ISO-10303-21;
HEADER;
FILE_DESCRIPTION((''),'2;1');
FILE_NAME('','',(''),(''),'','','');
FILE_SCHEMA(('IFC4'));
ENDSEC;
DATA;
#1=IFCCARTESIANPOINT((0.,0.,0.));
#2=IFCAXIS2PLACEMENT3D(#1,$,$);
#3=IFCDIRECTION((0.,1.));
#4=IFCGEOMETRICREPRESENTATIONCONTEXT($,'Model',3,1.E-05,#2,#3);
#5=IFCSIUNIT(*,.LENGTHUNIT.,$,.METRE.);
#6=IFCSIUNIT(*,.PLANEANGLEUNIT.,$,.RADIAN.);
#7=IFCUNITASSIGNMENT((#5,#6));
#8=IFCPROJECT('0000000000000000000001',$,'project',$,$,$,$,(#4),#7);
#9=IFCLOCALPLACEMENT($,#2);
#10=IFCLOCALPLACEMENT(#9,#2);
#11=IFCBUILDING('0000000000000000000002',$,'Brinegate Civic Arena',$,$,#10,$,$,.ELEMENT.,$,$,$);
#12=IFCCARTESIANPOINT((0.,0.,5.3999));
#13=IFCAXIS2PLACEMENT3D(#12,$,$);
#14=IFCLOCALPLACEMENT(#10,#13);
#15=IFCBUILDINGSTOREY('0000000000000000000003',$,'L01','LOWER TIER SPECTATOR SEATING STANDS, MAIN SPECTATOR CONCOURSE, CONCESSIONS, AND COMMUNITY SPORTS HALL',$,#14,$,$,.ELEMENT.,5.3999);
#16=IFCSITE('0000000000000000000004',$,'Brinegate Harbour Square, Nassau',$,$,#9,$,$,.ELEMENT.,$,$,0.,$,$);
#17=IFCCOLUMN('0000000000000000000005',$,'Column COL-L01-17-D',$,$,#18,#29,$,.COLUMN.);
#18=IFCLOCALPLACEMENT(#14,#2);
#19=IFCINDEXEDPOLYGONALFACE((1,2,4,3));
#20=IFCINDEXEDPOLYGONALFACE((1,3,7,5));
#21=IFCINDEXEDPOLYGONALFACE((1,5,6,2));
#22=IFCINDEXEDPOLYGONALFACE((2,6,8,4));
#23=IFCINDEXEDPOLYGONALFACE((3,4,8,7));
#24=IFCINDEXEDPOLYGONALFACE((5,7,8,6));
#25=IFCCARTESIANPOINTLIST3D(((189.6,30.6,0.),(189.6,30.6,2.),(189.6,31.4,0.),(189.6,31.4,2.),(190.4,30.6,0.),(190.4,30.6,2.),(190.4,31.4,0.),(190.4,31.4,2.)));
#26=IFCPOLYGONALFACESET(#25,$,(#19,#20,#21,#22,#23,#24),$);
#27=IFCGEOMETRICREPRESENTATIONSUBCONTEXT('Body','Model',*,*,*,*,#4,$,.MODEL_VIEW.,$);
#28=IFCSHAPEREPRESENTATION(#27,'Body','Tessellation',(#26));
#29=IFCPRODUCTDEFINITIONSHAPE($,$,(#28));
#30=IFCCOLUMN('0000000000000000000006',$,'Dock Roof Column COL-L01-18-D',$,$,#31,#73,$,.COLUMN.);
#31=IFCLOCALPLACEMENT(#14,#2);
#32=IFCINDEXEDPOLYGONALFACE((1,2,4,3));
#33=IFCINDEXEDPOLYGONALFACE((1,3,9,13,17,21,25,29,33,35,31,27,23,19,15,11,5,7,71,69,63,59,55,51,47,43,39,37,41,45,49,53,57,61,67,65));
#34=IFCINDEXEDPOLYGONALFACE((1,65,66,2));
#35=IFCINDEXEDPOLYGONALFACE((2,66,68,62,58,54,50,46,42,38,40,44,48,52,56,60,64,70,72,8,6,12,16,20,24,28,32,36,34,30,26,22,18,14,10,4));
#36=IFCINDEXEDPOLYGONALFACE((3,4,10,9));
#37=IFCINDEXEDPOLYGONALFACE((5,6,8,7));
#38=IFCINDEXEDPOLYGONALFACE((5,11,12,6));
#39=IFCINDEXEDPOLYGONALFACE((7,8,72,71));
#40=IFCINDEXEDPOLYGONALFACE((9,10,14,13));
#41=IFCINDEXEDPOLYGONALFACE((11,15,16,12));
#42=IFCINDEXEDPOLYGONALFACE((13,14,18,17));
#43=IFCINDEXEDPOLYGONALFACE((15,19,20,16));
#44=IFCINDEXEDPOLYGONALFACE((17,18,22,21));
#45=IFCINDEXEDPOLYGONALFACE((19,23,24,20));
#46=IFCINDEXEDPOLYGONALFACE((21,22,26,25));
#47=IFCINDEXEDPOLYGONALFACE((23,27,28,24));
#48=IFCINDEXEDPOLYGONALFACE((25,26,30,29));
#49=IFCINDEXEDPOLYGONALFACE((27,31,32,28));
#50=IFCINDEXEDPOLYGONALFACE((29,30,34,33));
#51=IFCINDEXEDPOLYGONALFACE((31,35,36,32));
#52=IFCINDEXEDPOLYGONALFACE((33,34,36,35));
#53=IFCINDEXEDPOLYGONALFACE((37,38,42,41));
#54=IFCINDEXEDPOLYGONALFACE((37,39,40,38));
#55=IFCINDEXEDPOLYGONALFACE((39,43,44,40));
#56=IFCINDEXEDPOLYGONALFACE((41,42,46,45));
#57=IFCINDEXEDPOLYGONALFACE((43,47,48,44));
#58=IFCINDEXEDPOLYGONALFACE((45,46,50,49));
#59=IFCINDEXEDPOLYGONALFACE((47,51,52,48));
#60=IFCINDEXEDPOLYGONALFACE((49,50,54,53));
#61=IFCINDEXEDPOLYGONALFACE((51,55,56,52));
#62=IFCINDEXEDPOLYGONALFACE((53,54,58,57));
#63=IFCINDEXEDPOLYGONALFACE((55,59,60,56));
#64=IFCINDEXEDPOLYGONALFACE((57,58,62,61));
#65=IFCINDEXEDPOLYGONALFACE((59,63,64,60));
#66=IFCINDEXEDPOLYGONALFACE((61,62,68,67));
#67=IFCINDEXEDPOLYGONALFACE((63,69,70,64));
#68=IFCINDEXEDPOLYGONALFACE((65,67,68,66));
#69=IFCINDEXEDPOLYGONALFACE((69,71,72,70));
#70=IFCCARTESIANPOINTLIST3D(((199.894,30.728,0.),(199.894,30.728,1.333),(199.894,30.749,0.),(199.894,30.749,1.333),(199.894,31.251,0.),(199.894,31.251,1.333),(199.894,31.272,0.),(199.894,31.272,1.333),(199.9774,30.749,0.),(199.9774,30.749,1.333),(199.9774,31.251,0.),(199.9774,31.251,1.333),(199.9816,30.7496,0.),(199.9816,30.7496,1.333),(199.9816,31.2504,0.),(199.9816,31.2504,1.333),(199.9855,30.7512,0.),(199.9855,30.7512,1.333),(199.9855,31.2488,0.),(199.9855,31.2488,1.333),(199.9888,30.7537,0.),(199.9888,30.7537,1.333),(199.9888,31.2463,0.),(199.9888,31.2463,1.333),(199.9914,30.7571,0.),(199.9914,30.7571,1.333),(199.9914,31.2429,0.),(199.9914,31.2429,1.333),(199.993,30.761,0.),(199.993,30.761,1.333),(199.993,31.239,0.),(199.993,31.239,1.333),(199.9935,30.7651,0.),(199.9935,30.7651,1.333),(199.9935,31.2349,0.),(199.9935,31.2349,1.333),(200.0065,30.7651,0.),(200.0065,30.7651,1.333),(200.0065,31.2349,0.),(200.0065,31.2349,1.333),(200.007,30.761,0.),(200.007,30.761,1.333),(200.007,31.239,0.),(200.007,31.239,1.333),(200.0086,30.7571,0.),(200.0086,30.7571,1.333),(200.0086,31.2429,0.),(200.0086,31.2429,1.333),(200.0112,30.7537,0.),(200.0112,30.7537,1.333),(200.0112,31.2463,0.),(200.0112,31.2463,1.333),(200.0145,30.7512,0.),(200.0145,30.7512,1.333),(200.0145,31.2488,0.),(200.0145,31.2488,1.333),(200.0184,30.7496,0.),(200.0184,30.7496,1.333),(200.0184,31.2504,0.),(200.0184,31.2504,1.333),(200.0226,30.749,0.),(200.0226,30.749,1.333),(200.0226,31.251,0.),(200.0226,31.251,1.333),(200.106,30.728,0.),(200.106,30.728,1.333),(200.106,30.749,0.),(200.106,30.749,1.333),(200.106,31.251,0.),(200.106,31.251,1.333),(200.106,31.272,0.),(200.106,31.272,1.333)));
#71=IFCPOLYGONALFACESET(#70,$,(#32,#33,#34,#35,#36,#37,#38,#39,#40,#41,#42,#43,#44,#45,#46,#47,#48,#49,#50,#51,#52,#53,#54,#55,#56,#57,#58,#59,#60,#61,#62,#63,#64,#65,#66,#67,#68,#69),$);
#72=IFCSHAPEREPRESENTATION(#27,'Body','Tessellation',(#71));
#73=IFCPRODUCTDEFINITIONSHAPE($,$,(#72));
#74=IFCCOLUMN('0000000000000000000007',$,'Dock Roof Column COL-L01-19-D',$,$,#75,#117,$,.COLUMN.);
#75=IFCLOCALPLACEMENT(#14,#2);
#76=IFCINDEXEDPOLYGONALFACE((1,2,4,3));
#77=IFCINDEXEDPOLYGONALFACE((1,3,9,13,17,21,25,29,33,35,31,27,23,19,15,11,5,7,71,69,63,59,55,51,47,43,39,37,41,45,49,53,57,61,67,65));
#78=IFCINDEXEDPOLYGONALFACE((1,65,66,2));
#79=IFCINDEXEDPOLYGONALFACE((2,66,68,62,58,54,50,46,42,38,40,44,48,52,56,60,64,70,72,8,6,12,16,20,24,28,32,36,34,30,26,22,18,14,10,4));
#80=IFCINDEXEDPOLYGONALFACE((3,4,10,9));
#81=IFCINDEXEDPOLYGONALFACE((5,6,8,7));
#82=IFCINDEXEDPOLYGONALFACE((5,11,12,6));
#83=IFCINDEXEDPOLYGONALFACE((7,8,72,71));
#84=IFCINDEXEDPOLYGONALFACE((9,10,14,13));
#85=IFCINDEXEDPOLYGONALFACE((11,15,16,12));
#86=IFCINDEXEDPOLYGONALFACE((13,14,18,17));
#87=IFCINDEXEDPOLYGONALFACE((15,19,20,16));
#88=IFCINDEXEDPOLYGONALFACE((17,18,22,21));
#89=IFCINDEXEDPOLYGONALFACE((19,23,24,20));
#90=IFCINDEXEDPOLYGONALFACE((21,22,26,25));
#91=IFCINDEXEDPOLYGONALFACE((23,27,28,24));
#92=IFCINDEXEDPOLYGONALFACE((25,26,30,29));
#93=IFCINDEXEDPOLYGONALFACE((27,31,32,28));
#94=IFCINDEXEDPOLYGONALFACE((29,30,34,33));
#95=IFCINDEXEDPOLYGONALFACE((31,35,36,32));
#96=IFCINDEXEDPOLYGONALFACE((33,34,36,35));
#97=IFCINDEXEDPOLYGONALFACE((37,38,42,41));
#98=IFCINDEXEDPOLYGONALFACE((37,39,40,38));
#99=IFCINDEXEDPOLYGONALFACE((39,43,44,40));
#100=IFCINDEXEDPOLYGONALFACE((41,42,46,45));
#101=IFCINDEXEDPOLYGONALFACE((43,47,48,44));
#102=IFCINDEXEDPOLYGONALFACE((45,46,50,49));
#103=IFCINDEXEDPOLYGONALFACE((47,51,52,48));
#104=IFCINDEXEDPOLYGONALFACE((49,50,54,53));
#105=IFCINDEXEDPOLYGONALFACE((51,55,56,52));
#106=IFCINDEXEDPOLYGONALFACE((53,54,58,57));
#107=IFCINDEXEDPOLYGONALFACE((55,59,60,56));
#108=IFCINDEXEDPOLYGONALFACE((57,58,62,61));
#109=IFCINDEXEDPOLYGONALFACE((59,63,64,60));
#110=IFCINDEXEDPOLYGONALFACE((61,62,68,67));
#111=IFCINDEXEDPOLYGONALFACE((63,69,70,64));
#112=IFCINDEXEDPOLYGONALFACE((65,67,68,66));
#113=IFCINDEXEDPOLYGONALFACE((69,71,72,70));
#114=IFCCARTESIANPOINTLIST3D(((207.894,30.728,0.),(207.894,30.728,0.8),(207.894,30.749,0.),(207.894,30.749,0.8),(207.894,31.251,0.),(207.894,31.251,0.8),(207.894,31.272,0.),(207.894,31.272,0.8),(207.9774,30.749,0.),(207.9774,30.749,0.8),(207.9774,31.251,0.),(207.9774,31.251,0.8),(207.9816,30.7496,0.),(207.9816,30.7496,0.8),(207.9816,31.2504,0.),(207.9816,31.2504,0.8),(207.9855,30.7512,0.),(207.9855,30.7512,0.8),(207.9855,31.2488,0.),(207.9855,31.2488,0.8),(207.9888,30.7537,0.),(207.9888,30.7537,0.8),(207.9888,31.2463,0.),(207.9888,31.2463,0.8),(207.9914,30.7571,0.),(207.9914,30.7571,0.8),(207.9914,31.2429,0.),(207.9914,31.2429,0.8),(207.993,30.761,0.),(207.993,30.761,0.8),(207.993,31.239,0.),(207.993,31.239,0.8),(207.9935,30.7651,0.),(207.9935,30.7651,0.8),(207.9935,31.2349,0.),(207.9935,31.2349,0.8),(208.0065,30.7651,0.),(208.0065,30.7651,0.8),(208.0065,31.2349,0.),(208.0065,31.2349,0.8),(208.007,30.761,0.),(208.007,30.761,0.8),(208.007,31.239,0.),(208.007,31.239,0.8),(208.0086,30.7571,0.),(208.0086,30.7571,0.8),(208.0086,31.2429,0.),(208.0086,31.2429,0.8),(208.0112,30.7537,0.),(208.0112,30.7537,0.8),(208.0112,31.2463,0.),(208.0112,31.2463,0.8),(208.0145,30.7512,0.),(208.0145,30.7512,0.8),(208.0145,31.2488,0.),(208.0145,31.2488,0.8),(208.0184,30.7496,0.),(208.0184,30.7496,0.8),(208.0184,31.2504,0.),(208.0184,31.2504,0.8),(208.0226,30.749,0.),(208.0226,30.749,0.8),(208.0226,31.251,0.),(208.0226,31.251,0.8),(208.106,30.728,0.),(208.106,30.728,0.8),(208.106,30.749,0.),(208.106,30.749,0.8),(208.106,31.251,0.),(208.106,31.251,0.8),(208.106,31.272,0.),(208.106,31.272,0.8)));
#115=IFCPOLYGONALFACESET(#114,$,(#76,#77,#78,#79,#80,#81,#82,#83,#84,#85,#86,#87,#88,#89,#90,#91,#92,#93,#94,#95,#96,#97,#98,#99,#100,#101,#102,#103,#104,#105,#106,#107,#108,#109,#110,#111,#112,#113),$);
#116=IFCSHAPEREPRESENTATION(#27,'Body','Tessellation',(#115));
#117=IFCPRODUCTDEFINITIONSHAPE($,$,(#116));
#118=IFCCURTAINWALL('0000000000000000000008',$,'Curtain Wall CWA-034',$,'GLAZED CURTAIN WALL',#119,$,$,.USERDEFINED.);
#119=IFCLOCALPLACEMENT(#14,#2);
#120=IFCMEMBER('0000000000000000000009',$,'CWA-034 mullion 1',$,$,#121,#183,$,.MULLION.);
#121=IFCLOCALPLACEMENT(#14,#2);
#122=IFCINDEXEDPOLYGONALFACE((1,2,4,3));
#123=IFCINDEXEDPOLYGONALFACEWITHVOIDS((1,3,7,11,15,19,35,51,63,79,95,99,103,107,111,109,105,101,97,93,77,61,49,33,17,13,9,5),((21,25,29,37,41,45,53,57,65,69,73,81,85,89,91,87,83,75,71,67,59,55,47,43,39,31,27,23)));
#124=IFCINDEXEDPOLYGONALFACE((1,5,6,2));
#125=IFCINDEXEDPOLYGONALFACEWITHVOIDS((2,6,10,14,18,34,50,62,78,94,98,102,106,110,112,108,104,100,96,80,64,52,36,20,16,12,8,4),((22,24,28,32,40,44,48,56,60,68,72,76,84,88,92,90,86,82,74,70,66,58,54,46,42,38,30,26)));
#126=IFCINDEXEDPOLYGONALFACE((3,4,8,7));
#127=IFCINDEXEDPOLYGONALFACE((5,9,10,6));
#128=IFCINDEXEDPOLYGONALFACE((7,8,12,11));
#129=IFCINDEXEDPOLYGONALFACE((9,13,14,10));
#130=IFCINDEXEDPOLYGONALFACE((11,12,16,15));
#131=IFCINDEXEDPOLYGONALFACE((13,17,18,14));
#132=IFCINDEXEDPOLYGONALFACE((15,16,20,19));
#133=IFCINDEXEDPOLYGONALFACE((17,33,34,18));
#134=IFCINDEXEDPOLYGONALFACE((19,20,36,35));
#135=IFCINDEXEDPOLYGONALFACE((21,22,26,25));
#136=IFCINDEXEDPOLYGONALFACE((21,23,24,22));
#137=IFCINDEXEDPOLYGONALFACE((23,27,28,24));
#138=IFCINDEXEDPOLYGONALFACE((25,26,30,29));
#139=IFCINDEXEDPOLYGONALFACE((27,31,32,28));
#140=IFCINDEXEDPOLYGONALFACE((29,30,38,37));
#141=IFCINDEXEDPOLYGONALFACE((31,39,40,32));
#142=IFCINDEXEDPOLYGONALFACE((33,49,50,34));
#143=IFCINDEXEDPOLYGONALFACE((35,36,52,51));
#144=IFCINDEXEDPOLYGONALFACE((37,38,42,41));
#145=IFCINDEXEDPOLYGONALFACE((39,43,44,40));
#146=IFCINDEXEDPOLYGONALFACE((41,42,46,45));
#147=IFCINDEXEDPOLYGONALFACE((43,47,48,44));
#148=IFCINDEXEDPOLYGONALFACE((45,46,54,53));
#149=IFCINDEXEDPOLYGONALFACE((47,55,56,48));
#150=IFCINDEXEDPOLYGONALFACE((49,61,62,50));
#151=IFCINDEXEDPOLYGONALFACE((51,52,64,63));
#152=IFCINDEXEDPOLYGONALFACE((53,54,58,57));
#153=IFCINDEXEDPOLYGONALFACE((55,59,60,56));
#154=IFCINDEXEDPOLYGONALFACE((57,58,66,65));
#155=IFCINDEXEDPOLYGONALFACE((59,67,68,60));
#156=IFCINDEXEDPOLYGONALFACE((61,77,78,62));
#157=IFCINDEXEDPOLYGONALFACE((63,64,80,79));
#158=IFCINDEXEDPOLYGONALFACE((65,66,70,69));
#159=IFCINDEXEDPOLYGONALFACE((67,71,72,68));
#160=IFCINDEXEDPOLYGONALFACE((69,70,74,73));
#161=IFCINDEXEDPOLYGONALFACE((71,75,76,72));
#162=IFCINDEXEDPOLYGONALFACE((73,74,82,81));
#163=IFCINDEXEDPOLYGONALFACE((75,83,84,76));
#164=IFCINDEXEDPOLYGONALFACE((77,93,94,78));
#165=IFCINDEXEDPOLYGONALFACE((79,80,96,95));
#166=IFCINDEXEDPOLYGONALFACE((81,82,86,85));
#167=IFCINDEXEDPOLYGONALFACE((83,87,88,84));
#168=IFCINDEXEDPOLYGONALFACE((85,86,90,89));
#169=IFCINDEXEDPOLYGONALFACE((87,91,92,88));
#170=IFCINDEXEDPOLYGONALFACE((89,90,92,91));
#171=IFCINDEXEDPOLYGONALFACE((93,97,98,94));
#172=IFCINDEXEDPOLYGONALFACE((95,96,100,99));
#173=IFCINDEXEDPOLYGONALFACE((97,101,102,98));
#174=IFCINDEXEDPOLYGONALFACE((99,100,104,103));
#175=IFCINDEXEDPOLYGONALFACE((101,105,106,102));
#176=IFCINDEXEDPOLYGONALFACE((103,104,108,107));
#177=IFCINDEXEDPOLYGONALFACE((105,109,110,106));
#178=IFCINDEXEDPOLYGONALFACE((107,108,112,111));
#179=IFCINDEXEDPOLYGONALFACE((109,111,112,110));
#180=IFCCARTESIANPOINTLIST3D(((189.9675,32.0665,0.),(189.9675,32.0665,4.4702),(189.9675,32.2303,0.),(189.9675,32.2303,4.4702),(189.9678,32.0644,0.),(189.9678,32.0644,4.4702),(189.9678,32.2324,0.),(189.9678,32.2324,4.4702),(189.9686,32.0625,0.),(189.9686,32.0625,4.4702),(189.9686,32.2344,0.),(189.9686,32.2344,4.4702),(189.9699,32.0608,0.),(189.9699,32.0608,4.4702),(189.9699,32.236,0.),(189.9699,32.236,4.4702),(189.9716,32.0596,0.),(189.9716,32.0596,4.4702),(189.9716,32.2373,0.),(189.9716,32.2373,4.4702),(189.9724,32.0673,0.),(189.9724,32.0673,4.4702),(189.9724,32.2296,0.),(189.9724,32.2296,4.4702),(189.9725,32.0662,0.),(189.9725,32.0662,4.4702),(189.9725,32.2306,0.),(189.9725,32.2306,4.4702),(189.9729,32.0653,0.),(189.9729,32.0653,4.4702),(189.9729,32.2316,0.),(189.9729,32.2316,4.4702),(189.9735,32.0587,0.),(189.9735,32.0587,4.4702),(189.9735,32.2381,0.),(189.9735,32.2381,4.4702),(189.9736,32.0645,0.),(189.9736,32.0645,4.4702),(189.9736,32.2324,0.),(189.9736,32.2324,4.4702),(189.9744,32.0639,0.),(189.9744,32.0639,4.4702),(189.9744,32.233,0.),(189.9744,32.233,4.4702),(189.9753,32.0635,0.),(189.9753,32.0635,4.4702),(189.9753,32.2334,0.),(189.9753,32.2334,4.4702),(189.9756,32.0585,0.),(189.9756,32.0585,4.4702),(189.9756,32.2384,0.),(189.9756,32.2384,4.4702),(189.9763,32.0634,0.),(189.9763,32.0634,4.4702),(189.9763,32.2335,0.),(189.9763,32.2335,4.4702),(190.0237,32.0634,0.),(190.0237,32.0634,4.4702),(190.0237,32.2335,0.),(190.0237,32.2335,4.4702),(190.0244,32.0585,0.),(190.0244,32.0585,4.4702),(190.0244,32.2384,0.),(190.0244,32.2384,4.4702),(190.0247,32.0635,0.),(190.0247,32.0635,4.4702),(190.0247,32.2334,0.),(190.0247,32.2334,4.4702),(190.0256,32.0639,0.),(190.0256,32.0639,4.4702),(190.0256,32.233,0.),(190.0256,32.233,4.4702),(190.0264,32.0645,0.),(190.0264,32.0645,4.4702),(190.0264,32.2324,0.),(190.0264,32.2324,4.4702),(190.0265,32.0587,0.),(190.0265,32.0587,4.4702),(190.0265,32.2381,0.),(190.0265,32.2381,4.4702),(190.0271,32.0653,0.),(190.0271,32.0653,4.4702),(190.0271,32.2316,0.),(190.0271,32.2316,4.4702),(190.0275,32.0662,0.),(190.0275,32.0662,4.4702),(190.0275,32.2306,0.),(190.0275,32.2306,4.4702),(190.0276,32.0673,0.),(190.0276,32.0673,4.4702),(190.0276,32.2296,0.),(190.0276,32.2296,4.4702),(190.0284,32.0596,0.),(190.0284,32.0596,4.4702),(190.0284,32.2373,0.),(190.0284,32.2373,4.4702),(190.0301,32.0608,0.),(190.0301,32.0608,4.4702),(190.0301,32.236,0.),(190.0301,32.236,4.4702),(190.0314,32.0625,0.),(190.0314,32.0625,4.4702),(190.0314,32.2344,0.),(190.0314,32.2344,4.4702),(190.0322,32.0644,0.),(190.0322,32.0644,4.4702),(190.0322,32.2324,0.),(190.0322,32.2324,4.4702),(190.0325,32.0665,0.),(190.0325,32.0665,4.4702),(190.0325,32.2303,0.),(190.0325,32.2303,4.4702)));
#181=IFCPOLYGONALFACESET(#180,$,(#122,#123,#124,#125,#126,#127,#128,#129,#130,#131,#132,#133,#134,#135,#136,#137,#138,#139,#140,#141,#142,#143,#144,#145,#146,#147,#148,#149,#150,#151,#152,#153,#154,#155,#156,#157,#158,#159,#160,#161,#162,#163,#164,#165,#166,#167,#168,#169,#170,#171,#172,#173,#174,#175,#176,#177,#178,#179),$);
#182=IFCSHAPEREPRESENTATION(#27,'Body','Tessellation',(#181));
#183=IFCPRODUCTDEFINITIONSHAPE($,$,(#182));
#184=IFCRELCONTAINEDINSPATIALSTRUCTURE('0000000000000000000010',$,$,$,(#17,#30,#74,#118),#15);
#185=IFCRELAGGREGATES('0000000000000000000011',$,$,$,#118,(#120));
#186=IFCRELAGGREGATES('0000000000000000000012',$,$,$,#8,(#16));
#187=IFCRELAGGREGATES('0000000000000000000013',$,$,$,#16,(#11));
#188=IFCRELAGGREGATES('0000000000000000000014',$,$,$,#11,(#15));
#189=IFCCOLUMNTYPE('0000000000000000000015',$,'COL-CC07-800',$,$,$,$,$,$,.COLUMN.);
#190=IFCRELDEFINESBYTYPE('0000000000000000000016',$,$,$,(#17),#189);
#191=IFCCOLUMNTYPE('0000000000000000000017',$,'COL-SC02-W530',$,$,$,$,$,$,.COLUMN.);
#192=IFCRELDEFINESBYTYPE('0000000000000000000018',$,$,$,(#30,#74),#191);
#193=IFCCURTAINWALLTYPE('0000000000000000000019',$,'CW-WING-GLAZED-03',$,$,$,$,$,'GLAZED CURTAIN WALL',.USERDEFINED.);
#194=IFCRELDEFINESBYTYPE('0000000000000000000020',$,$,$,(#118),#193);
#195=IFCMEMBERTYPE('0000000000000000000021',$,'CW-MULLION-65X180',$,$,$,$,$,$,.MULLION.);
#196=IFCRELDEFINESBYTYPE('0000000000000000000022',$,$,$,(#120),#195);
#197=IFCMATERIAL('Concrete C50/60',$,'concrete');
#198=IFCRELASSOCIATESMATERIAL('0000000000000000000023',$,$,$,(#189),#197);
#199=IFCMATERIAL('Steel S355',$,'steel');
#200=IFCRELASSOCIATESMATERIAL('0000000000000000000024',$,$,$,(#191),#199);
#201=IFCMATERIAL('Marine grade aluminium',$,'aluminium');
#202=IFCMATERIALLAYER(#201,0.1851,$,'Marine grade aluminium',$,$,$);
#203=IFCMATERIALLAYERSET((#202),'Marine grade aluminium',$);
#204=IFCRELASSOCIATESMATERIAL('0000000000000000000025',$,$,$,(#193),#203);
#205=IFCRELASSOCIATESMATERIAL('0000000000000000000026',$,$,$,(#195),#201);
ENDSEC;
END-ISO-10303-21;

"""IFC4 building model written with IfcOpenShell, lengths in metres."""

from ifc_helpers import new_model, si_unit, direction, frame, origin, origin_2d, place, context, subcontext, project, spatial, rectangle, hollow_rectangle, i_section, extrude, material, layer, layer_set, material_profile, profile_set, type_object, element, aggregate, save


model = new_model("IFC4")

# Units and contexts
model_context = context("Model", 3, precision=1e-05, world=origin(), true_north=direction((0.0, 1.0)))
body_context = subcontext(model_context, "Body", "Model", "MODEL_VIEW")
ifc_project = project(units=[si_unit("LENGTHUNIT", "METRE"), si_unit("PLANEANGLEUNIT", "RADIAN")], contexts=[model_context])

# Site, building, storey
site_placement = place(None, origin())
site = spatial("IfcSite", under=ifc_project, at=site_placement, Name="Brinegate Harbour Square, Nassau", CompositionType="ELEMENT", RefElevation=0.0)
building_placement = place(site_placement, origin())
building = spatial("IfcBuilding", under=site, at=building_placement, Name="Brinegate Civic Arena", CompositionType="ELEMENT")
storey_placement = place(building_placement, frame((0.0, 0.0, 5.3999)))
storey = spatial("IfcBuildingStorey", under=building, at=storey_placement, Name="L01", Description="LOWER TIER SPECTATOR SEATING STANDS, MAIN SPECTATOR CONCOURSE, CONCESSIONS, AND COMMUNITY SPORTS HALL", CompositionType="ELEMENT", Elevation=5.3999)

# Columns
ifc_material_1 = material(Name="Concrete C50/60", Category="concrete")
ifc_material_profile_1 = material_profile(ifc_material_1, rectangle(XDim=0.8, YDim=0.8, at=origin_2d()), Name="RC800X800")
ifc_profile_set_1 = profile_set([ifc_material_profile_1], Name="Concrete C50/60")
column_type_1 = type_object("IfcColumnType", Name="COL-CC07-800", PredefinedType="COLUMN", material=ifc_profile_set_1)
column_1_placement = place(storey_placement, frame((190.0, 31.0, 0.0), z_axis=(0.0, 0.0, 1.0), x_axis=(1.0, 0.0, 0.0)))
element("IfcColumn", 1, at=column_1_placement, inside=storey, type_object=column_type_1, Name="Column COL-L01-17-D", PredefinedType="COLUMN", context=body_context, shape_type="SweptSolid", body=[
    extrude(rectangle(XDim=0.8, YDim=0.8, at=origin_2d()), origin(), (0.0, 0.0, 1.0), 2.0),
])
ifc_material_2 = material(Name="Steel S355", Category="steel")
ifc_material_profile_2 = material_profile(ifc_material_2, i_section(OverallWidth=0.2119, OverallDepth=0.5439, WebThickness=0.0129, FlangeThickness=0.021, FilletRadius=0.0161, at=origin_2d()), Name="W530X123")
ifc_profile_set_2 = profile_set([ifc_material_profile_2], Name="Steel S355")
column_type_2 = type_object("IfcColumnType", Name="COL-SC02-W530", PredefinedType="COLUMN", material=ifc_profile_set_2)
column_2_placement = place(storey_placement, frame((200.0, 31.0, 0.0), z_axis=(0.0, 0.0, 1.0), x_axis=(1.0, 0.0, 0.0)))
element("IfcColumn", 2, at=column_2_placement, inside=storey, type_object=column_type_2, Name="Dock Roof Column COL-L01-18-D", PredefinedType="COLUMN", context=body_context, shape_type="SweptSolid", body=[
    extrude(i_section(OverallWidth=0.2119, OverallDepth=0.5439, WebThickness=0.0129, FlangeThickness=0.021, FilletRadius=0.0161, at=origin_2d()), origin(), (0.0, 0.0, 1.0), 1.333),
])
column_3_placement = place(storey_placement, frame((208.0, 31.0, 0.0), z_axis=(0.0, 0.0, 1.0), x_axis=(1.0, 0.0, 0.0)))
element("IfcColumn", 3, at=column_3_placement, inside=storey, type_object=column_type_2, Name="Dock Roof Column COL-L01-19-D", PredefinedType="COLUMN", context=body_context, shape_type="SweptSolid", body=[
    extrude(i_section(OverallWidth=0.2119, OverallDepth=0.5439, WebThickness=0.0129, FlangeThickness=0.021, FilletRadius=0.0161, at=origin_2d()), origin(), (0.0, 0.0, 1.0), 0.8),
])

# Curtain wall, member
ifc_material_3 = material(Name="Marine grade aluminium", Category="aluminium")
ifc_layer_1 = layer(ifc_material_3, 0.1851, Name="Marine grade aluminium")
ifc_layer_set_1 = layer_set([ifc_layer_1], Name="Marine grade aluminium")
curtain_wall_type = type_object("IfcCurtainWallType", Name="CW-WING-GLAZED-03", ElementType="GLAZED CURTAIN WALL", PredefinedType="USERDEFINED", material=ifc_layer_set_1)
curtain_wall_1_placement = place(storey_placement, origin())
curtain_wall_1 = element("IfcCurtainWall", 4, at=curtain_wall_1_placement, inside=storey, type_object=curtain_wall_type, Name="Curtain Wall CWA-034", ObjectType="GLAZED CURTAIN WALL", PredefinedType="USERDEFINED")
ifc_material_profile_3 = material_profile(ifc_material_3, hollow_rectangle(XDim=0.0649, YDim=0.1799, WallThickness=0.0049, InnerFilletRadius=0.0039, OuterFilletRadius=0.0081, at=origin_2d()), Name="MUL65X180")
ifc_profile_set_3 = profile_set([ifc_material_profile_3], Name="Marine grade aluminium")
member_type_1 = type_object("IfcMemberType", Name="CW-MULLION-65X180", PredefinedType="MULLION", material=ifc_profile_set_3)
member_1_placement = place(storey_placement, frame((190.0, 32.1484, 0.0), z_axis=(0.0, 0.0, 1.0), x_axis=(-1.0, 0.0, 0.0)))
member_1 = element("IfcMember", 5, at=member_1_placement, type_object=member_type_1, Name="CWA-034 mullion 1", PredefinedType="MULLION", context=body_context, shape_type="SweptSolid", body=[
    extrude(hollow_rectangle(XDim=0.0649, YDim=0.1799, WallThickness=0.0049, InnerFilletRadius=0.0039, OuterFilletRadius=0.0081, at=origin_2d()), origin(), (0.0, 0.0, 1.0), 4.4702),
])

aggregate(curtain_wall_1, [member_1])

save(model, "model.ifc")
